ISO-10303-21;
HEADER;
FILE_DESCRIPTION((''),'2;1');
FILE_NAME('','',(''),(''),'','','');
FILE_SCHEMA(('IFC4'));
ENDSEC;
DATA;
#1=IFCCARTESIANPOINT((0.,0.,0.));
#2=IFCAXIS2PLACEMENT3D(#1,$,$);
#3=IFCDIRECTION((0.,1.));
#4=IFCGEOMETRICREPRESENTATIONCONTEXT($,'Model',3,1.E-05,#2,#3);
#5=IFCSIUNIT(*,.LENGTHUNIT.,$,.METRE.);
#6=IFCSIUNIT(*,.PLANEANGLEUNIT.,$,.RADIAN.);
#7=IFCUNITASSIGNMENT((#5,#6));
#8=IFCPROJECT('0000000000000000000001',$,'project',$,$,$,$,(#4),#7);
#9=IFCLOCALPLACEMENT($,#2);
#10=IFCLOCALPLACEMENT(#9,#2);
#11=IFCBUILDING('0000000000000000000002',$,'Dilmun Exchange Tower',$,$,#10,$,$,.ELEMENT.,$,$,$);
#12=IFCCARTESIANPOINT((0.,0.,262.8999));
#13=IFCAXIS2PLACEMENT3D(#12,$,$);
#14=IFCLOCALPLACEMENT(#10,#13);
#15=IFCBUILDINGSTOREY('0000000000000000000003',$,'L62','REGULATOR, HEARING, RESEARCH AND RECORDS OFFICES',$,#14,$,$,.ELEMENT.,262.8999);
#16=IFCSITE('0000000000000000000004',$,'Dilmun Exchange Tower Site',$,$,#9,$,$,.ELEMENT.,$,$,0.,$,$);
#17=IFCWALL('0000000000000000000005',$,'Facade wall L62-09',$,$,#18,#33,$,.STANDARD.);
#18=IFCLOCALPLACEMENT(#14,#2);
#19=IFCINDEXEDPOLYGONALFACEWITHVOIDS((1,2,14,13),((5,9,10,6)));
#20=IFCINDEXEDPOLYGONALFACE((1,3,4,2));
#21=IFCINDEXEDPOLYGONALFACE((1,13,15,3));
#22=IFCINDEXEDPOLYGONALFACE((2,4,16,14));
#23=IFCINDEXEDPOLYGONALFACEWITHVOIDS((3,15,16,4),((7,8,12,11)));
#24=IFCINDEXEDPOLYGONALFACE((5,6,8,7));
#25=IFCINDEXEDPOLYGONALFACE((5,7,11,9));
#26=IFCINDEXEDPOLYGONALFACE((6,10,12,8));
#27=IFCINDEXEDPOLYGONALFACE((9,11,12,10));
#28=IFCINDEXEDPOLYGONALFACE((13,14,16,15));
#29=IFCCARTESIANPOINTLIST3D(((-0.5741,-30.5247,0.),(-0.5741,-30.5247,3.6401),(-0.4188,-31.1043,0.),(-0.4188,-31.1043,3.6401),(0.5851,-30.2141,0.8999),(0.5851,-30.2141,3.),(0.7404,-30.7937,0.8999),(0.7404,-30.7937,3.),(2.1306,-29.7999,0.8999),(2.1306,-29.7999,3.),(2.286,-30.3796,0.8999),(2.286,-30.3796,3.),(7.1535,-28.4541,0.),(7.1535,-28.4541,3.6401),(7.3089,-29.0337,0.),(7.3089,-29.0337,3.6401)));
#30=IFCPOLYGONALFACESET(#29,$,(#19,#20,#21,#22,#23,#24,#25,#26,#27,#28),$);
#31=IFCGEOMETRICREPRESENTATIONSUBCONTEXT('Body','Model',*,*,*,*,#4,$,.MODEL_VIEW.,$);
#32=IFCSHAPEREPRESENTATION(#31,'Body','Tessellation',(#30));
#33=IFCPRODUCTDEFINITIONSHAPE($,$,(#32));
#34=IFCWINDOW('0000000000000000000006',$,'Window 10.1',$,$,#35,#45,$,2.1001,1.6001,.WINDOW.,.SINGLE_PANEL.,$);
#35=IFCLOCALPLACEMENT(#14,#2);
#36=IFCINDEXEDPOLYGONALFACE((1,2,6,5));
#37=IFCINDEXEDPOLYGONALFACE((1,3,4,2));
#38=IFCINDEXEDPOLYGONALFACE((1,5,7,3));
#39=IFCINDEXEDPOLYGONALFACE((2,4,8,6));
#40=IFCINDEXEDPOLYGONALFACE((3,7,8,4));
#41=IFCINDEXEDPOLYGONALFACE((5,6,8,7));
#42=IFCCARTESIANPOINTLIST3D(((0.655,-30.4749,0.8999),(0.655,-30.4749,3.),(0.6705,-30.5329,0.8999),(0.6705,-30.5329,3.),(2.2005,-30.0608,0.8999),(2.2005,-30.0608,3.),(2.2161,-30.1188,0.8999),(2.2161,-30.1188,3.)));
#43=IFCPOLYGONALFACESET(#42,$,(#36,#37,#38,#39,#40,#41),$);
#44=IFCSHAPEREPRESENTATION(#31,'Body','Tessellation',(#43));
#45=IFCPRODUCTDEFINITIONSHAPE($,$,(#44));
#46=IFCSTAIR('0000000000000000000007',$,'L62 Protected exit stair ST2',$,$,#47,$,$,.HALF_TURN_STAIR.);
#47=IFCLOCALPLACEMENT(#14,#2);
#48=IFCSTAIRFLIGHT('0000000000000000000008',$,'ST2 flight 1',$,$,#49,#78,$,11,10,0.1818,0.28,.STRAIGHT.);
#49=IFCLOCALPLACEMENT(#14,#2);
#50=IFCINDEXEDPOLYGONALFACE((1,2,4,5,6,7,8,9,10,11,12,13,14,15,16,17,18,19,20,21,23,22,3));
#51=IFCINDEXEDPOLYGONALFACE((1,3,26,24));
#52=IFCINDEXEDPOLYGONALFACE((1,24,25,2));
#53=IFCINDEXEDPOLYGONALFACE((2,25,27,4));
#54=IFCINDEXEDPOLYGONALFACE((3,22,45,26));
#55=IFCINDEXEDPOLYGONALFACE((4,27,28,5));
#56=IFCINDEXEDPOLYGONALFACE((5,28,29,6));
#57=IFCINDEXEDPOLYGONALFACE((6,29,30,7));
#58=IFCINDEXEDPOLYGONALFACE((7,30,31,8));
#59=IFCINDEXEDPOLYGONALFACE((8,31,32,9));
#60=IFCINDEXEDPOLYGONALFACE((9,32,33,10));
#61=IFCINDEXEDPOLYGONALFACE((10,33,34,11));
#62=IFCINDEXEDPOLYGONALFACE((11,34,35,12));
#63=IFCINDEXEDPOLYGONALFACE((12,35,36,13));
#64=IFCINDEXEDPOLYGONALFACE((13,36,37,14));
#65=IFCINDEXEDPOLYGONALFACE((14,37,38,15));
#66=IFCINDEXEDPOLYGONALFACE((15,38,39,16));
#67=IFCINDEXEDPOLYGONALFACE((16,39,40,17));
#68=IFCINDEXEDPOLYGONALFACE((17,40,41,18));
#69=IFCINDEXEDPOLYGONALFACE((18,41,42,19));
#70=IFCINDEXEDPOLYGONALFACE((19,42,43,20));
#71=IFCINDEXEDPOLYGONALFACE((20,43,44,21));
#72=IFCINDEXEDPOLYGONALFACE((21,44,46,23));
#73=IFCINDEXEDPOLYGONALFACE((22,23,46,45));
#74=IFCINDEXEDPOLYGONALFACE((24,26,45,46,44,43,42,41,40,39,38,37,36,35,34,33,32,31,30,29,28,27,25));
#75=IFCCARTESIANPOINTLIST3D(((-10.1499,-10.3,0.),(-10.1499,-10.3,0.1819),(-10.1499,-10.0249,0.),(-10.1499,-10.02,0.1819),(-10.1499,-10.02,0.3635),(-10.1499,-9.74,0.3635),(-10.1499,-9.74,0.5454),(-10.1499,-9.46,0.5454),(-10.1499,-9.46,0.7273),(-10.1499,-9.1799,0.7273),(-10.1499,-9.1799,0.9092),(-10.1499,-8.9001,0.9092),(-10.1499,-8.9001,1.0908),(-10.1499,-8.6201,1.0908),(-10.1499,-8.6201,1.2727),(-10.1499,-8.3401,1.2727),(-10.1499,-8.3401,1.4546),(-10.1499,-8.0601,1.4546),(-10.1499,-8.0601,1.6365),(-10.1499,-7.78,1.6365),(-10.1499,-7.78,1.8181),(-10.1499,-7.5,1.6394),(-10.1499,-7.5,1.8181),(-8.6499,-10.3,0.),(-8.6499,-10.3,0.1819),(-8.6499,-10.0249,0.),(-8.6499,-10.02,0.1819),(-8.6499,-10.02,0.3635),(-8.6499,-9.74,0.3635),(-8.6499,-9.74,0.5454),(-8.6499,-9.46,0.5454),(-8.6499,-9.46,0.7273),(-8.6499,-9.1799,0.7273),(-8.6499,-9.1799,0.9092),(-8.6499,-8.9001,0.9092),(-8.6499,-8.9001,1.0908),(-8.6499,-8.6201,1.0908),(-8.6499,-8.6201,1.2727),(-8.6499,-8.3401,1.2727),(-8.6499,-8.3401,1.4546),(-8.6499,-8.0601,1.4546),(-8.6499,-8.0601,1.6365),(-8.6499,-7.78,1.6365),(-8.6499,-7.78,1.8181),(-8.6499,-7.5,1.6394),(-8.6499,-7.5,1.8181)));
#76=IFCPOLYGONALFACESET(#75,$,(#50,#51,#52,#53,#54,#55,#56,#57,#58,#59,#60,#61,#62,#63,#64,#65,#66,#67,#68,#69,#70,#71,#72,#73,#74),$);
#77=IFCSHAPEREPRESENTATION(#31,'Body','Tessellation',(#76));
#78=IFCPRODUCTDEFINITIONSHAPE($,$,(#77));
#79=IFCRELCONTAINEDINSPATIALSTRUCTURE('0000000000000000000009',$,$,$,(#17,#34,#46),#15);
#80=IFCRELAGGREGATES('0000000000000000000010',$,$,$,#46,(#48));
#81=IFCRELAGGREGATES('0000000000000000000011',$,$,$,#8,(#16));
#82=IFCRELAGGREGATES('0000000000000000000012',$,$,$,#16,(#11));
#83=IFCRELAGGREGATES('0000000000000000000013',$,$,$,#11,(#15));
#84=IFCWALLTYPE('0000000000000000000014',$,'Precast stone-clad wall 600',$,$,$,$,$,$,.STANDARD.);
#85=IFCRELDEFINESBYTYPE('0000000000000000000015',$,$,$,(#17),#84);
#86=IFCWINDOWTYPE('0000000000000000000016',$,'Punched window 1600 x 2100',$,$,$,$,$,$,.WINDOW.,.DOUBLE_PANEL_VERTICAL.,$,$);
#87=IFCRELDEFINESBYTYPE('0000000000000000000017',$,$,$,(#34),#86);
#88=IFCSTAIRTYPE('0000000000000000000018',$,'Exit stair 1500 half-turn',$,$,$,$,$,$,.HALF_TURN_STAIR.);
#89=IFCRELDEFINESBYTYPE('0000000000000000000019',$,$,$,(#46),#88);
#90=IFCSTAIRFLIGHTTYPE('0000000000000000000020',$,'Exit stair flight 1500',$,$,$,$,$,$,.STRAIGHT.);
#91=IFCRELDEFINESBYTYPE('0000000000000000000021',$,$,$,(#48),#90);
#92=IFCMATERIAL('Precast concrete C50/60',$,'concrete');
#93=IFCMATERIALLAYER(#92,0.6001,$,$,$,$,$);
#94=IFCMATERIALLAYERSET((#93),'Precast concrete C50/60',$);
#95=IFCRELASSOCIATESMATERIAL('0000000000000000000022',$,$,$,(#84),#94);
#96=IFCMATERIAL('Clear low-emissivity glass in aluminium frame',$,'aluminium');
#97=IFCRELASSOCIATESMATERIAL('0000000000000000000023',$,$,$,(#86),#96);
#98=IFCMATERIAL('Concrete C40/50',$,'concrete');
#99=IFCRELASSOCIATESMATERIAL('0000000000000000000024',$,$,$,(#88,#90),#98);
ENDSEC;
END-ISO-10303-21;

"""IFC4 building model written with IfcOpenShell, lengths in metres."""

from ifc_helpers import new_model, si_unit, direction, frame, frame_2d, origin, place, context, subcontext, project, spatial, polyline, rectangle, outline, extrude, material, layer, layer_set, type_object, element, fill, aggregate, save


model = new_model("IFC4")

# Units and contexts
model_context = context("Model", 3, precision=1e-05, world=origin(), true_north=direction((0.0, 1.0)))
body_context = subcontext(model_context, "Body", "Model", "MODEL_VIEW")
ifc_project = project(units=[si_unit("LENGTHUNIT", "METRE"), si_unit("PLANEANGLEUNIT", "RADIAN")], contexts=[model_context])

# Site, building, storey
site_placement = place(None, origin())
site = spatial("IfcSite", under=ifc_project, at=site_placement, Name="Dilmun Exchange Tower Site", CompositionType="ELEMENT", RefElevation=0.0)
building_placement = place(site_placement, origin())
building = spatial("IfcBuilding", under=site, at=building_placement, Name="Dilmun Exchange Tower", CompositionType="ELEMENT")
storey_placement = place(building_placement, frame((0.0, 0.0, 262.8999)))
storey = spatial("IfcBuildingStorey", under=building, at=storey_placement, Name="L62", Description="REGULATOR, HEARING, RESEARCH AND RECORDS OFFICES", CompositionType="ELEMENT", Elevation=262.8999)

# Shared definitions
ifc_material_1 = material(Name="Concrete C40/50", Category="concrete")

# Wall, opening, window
ifc_material_2 = material(Name="Precast concrete C50/60", Category="concrete")
ifc_layer_1 = layer(ifc_material_2, 0.6001)
ifc_layer_set_1 = layer_set([ifc_layer_1], Name="Precast concrete C50/60")
wall_type_1 = type_object("IfcWallType", Name="Precast stone-clad wall 600", PredefinedType="STANDARD", material=ifc_layer_set_1)
wall_1_placement = place(storey_placement, frame((-0.4963, -30.8145, 0.0), z_axis=(0.0, 0.0, 1.0), x_axis=(0.965927, 0.258815, 0.0)))
wall_1 = element("IfcWall", 1, at=wall_1_placement, inside=storey, type_object=wall_type_1, Name="Facade wall L62-09", PredefinedType="STANDARD", context=body_context, shape_type="SweptSolid", body=[
    extrude(rectangle(XDim=8.0002, YDim=0.6001, at=frame_2d((4.0, 0.0))), origin(), (0.0, 0.0, 1.0), 3.6401),
])
opening_1_placement = place(wall_1_placement, frame((1.2, 0.0, 0.8999)))
opening_1 = element("IfcOpeningElement", 2, at=opening_1_placement, cuts=wall_1, PredefinedType="OPENING", context=body_context, shape_type="SweptSolid", body=[
    extrude(rectangle(XDim=1.6001, YDim=2.1001, at=frame_2d((0.8, 1.05))), frame((0.0, 0.3101, 0.0), z_axis=(0.0, -1.0, 0.0), x_axis=(1.0, 0.0, 0.0)), (0.0, 0.0, 1.0), 0.6201),
])
ifc_material_3 = material(Name="Clear low-emissivity glass in aluminium frame", Category="aluminium")
window_type = type_object("IfcWindowType", Name="Punched window 1600 x 2100", PartitioningType="DOUBLE_PANEL_VERTICAL", PredefinedType="WINDOW", material=ifc_material_3)
window_placement = place(opening_1_placement, origin())
window = element("IfcWindow", 3, at=window_placement, inside=storey, type_object=window_type, Name="Window 10.1", OverallHeight=2.1001, OverallWidth=1.6001, PartitioningType="SINGLE_PANEL", PredefinedType="WINDOW", context=body_context, shape_type="SweptSolid", body=[
    extrude(rectangle(XDim=1.6001, YDim=2.1001, at=frame_2d((0.8, 1.05))), frame((0.0, 0.03, 0.0), z_axis=(0.0, -1.0, 0.0), x_axis=(1.0, 0.0, 0.0)), (0.0, 0.0, 1.0), 0.0601),
])
fill(opening_1, window)

# Stair, stair flight
stair_type = type_object("IfcStairType", Name="Exit stair 1500 half-turn", PredefinedType="HALF_TURN_STAIR", material=ifc_material_1)
stair_placement = place(storey_placement, origin())
stair = element("IfcStair", 4, at=stair_placement, inside=storey, type_object=stair_type, Name="L62 Protected exit stair ST2", PredefinedType="HALF_TURN_STAIR")
stair_flight_type = type_object("IfcStairFlightType", Name="Exit stair flight 1500", PredefinedType="STRAIGHT", material=ifc_material_1)
stair_flight_placement = place(storey_placement, frame((-9.3999, -10.3, 0.0), z_axis=(0.0, 0.0, 1.0), x_axis=(0.0, 1.0, 0.0)))
stair_flight = element("IfcStairFlight", 5, at=stair_flight_placement, type_object=stair_flight_type, Name="ST2 flight 1", NumberOfRisers=11, NumberOfTreads=10, PredefinedType="STRAIGHT", RiserHeight=0.1818, TreadLength=0.28, context=body_context, shape_type="SweptSolid", body=[
    extrude(outline(polyline([(0.0, 0.0), (0.0, 0.1819), (0.28, 0.1819), (0.28, 0.3635), (0.5601, 0.3635), (0.5601, 0.5454), (0.8401, 0.5454), (0.8401, 0.7273), (1.1201, 0.7273), (1.1201, 0.9092), (1.3999, 0.9092), (1.3999, 1.0908), (1.6799, 1.0908), (1.6799, 1.2727), (1.96, 1.2727), (1.96, 1.4546), (2.24, 1.4546), (2.24, 1.6365), (2.52, 1.6365), (2.52, 1.8181), (2.8, 1.8181), (2.8, 2.0), (2.8, 1.6394), (0.2751, 0.0), (0.0, 0.0)])), frame((0.0, 0.75, 0.0), z_axis=(0.0, -1.0, 0.0), x_axis=(1.0, 0.0, 0.0)), (0.0, 0.0, 1.0), 1.5),
])
aggregate(stair, [stair_flight])

save(model, "model.ifc")
